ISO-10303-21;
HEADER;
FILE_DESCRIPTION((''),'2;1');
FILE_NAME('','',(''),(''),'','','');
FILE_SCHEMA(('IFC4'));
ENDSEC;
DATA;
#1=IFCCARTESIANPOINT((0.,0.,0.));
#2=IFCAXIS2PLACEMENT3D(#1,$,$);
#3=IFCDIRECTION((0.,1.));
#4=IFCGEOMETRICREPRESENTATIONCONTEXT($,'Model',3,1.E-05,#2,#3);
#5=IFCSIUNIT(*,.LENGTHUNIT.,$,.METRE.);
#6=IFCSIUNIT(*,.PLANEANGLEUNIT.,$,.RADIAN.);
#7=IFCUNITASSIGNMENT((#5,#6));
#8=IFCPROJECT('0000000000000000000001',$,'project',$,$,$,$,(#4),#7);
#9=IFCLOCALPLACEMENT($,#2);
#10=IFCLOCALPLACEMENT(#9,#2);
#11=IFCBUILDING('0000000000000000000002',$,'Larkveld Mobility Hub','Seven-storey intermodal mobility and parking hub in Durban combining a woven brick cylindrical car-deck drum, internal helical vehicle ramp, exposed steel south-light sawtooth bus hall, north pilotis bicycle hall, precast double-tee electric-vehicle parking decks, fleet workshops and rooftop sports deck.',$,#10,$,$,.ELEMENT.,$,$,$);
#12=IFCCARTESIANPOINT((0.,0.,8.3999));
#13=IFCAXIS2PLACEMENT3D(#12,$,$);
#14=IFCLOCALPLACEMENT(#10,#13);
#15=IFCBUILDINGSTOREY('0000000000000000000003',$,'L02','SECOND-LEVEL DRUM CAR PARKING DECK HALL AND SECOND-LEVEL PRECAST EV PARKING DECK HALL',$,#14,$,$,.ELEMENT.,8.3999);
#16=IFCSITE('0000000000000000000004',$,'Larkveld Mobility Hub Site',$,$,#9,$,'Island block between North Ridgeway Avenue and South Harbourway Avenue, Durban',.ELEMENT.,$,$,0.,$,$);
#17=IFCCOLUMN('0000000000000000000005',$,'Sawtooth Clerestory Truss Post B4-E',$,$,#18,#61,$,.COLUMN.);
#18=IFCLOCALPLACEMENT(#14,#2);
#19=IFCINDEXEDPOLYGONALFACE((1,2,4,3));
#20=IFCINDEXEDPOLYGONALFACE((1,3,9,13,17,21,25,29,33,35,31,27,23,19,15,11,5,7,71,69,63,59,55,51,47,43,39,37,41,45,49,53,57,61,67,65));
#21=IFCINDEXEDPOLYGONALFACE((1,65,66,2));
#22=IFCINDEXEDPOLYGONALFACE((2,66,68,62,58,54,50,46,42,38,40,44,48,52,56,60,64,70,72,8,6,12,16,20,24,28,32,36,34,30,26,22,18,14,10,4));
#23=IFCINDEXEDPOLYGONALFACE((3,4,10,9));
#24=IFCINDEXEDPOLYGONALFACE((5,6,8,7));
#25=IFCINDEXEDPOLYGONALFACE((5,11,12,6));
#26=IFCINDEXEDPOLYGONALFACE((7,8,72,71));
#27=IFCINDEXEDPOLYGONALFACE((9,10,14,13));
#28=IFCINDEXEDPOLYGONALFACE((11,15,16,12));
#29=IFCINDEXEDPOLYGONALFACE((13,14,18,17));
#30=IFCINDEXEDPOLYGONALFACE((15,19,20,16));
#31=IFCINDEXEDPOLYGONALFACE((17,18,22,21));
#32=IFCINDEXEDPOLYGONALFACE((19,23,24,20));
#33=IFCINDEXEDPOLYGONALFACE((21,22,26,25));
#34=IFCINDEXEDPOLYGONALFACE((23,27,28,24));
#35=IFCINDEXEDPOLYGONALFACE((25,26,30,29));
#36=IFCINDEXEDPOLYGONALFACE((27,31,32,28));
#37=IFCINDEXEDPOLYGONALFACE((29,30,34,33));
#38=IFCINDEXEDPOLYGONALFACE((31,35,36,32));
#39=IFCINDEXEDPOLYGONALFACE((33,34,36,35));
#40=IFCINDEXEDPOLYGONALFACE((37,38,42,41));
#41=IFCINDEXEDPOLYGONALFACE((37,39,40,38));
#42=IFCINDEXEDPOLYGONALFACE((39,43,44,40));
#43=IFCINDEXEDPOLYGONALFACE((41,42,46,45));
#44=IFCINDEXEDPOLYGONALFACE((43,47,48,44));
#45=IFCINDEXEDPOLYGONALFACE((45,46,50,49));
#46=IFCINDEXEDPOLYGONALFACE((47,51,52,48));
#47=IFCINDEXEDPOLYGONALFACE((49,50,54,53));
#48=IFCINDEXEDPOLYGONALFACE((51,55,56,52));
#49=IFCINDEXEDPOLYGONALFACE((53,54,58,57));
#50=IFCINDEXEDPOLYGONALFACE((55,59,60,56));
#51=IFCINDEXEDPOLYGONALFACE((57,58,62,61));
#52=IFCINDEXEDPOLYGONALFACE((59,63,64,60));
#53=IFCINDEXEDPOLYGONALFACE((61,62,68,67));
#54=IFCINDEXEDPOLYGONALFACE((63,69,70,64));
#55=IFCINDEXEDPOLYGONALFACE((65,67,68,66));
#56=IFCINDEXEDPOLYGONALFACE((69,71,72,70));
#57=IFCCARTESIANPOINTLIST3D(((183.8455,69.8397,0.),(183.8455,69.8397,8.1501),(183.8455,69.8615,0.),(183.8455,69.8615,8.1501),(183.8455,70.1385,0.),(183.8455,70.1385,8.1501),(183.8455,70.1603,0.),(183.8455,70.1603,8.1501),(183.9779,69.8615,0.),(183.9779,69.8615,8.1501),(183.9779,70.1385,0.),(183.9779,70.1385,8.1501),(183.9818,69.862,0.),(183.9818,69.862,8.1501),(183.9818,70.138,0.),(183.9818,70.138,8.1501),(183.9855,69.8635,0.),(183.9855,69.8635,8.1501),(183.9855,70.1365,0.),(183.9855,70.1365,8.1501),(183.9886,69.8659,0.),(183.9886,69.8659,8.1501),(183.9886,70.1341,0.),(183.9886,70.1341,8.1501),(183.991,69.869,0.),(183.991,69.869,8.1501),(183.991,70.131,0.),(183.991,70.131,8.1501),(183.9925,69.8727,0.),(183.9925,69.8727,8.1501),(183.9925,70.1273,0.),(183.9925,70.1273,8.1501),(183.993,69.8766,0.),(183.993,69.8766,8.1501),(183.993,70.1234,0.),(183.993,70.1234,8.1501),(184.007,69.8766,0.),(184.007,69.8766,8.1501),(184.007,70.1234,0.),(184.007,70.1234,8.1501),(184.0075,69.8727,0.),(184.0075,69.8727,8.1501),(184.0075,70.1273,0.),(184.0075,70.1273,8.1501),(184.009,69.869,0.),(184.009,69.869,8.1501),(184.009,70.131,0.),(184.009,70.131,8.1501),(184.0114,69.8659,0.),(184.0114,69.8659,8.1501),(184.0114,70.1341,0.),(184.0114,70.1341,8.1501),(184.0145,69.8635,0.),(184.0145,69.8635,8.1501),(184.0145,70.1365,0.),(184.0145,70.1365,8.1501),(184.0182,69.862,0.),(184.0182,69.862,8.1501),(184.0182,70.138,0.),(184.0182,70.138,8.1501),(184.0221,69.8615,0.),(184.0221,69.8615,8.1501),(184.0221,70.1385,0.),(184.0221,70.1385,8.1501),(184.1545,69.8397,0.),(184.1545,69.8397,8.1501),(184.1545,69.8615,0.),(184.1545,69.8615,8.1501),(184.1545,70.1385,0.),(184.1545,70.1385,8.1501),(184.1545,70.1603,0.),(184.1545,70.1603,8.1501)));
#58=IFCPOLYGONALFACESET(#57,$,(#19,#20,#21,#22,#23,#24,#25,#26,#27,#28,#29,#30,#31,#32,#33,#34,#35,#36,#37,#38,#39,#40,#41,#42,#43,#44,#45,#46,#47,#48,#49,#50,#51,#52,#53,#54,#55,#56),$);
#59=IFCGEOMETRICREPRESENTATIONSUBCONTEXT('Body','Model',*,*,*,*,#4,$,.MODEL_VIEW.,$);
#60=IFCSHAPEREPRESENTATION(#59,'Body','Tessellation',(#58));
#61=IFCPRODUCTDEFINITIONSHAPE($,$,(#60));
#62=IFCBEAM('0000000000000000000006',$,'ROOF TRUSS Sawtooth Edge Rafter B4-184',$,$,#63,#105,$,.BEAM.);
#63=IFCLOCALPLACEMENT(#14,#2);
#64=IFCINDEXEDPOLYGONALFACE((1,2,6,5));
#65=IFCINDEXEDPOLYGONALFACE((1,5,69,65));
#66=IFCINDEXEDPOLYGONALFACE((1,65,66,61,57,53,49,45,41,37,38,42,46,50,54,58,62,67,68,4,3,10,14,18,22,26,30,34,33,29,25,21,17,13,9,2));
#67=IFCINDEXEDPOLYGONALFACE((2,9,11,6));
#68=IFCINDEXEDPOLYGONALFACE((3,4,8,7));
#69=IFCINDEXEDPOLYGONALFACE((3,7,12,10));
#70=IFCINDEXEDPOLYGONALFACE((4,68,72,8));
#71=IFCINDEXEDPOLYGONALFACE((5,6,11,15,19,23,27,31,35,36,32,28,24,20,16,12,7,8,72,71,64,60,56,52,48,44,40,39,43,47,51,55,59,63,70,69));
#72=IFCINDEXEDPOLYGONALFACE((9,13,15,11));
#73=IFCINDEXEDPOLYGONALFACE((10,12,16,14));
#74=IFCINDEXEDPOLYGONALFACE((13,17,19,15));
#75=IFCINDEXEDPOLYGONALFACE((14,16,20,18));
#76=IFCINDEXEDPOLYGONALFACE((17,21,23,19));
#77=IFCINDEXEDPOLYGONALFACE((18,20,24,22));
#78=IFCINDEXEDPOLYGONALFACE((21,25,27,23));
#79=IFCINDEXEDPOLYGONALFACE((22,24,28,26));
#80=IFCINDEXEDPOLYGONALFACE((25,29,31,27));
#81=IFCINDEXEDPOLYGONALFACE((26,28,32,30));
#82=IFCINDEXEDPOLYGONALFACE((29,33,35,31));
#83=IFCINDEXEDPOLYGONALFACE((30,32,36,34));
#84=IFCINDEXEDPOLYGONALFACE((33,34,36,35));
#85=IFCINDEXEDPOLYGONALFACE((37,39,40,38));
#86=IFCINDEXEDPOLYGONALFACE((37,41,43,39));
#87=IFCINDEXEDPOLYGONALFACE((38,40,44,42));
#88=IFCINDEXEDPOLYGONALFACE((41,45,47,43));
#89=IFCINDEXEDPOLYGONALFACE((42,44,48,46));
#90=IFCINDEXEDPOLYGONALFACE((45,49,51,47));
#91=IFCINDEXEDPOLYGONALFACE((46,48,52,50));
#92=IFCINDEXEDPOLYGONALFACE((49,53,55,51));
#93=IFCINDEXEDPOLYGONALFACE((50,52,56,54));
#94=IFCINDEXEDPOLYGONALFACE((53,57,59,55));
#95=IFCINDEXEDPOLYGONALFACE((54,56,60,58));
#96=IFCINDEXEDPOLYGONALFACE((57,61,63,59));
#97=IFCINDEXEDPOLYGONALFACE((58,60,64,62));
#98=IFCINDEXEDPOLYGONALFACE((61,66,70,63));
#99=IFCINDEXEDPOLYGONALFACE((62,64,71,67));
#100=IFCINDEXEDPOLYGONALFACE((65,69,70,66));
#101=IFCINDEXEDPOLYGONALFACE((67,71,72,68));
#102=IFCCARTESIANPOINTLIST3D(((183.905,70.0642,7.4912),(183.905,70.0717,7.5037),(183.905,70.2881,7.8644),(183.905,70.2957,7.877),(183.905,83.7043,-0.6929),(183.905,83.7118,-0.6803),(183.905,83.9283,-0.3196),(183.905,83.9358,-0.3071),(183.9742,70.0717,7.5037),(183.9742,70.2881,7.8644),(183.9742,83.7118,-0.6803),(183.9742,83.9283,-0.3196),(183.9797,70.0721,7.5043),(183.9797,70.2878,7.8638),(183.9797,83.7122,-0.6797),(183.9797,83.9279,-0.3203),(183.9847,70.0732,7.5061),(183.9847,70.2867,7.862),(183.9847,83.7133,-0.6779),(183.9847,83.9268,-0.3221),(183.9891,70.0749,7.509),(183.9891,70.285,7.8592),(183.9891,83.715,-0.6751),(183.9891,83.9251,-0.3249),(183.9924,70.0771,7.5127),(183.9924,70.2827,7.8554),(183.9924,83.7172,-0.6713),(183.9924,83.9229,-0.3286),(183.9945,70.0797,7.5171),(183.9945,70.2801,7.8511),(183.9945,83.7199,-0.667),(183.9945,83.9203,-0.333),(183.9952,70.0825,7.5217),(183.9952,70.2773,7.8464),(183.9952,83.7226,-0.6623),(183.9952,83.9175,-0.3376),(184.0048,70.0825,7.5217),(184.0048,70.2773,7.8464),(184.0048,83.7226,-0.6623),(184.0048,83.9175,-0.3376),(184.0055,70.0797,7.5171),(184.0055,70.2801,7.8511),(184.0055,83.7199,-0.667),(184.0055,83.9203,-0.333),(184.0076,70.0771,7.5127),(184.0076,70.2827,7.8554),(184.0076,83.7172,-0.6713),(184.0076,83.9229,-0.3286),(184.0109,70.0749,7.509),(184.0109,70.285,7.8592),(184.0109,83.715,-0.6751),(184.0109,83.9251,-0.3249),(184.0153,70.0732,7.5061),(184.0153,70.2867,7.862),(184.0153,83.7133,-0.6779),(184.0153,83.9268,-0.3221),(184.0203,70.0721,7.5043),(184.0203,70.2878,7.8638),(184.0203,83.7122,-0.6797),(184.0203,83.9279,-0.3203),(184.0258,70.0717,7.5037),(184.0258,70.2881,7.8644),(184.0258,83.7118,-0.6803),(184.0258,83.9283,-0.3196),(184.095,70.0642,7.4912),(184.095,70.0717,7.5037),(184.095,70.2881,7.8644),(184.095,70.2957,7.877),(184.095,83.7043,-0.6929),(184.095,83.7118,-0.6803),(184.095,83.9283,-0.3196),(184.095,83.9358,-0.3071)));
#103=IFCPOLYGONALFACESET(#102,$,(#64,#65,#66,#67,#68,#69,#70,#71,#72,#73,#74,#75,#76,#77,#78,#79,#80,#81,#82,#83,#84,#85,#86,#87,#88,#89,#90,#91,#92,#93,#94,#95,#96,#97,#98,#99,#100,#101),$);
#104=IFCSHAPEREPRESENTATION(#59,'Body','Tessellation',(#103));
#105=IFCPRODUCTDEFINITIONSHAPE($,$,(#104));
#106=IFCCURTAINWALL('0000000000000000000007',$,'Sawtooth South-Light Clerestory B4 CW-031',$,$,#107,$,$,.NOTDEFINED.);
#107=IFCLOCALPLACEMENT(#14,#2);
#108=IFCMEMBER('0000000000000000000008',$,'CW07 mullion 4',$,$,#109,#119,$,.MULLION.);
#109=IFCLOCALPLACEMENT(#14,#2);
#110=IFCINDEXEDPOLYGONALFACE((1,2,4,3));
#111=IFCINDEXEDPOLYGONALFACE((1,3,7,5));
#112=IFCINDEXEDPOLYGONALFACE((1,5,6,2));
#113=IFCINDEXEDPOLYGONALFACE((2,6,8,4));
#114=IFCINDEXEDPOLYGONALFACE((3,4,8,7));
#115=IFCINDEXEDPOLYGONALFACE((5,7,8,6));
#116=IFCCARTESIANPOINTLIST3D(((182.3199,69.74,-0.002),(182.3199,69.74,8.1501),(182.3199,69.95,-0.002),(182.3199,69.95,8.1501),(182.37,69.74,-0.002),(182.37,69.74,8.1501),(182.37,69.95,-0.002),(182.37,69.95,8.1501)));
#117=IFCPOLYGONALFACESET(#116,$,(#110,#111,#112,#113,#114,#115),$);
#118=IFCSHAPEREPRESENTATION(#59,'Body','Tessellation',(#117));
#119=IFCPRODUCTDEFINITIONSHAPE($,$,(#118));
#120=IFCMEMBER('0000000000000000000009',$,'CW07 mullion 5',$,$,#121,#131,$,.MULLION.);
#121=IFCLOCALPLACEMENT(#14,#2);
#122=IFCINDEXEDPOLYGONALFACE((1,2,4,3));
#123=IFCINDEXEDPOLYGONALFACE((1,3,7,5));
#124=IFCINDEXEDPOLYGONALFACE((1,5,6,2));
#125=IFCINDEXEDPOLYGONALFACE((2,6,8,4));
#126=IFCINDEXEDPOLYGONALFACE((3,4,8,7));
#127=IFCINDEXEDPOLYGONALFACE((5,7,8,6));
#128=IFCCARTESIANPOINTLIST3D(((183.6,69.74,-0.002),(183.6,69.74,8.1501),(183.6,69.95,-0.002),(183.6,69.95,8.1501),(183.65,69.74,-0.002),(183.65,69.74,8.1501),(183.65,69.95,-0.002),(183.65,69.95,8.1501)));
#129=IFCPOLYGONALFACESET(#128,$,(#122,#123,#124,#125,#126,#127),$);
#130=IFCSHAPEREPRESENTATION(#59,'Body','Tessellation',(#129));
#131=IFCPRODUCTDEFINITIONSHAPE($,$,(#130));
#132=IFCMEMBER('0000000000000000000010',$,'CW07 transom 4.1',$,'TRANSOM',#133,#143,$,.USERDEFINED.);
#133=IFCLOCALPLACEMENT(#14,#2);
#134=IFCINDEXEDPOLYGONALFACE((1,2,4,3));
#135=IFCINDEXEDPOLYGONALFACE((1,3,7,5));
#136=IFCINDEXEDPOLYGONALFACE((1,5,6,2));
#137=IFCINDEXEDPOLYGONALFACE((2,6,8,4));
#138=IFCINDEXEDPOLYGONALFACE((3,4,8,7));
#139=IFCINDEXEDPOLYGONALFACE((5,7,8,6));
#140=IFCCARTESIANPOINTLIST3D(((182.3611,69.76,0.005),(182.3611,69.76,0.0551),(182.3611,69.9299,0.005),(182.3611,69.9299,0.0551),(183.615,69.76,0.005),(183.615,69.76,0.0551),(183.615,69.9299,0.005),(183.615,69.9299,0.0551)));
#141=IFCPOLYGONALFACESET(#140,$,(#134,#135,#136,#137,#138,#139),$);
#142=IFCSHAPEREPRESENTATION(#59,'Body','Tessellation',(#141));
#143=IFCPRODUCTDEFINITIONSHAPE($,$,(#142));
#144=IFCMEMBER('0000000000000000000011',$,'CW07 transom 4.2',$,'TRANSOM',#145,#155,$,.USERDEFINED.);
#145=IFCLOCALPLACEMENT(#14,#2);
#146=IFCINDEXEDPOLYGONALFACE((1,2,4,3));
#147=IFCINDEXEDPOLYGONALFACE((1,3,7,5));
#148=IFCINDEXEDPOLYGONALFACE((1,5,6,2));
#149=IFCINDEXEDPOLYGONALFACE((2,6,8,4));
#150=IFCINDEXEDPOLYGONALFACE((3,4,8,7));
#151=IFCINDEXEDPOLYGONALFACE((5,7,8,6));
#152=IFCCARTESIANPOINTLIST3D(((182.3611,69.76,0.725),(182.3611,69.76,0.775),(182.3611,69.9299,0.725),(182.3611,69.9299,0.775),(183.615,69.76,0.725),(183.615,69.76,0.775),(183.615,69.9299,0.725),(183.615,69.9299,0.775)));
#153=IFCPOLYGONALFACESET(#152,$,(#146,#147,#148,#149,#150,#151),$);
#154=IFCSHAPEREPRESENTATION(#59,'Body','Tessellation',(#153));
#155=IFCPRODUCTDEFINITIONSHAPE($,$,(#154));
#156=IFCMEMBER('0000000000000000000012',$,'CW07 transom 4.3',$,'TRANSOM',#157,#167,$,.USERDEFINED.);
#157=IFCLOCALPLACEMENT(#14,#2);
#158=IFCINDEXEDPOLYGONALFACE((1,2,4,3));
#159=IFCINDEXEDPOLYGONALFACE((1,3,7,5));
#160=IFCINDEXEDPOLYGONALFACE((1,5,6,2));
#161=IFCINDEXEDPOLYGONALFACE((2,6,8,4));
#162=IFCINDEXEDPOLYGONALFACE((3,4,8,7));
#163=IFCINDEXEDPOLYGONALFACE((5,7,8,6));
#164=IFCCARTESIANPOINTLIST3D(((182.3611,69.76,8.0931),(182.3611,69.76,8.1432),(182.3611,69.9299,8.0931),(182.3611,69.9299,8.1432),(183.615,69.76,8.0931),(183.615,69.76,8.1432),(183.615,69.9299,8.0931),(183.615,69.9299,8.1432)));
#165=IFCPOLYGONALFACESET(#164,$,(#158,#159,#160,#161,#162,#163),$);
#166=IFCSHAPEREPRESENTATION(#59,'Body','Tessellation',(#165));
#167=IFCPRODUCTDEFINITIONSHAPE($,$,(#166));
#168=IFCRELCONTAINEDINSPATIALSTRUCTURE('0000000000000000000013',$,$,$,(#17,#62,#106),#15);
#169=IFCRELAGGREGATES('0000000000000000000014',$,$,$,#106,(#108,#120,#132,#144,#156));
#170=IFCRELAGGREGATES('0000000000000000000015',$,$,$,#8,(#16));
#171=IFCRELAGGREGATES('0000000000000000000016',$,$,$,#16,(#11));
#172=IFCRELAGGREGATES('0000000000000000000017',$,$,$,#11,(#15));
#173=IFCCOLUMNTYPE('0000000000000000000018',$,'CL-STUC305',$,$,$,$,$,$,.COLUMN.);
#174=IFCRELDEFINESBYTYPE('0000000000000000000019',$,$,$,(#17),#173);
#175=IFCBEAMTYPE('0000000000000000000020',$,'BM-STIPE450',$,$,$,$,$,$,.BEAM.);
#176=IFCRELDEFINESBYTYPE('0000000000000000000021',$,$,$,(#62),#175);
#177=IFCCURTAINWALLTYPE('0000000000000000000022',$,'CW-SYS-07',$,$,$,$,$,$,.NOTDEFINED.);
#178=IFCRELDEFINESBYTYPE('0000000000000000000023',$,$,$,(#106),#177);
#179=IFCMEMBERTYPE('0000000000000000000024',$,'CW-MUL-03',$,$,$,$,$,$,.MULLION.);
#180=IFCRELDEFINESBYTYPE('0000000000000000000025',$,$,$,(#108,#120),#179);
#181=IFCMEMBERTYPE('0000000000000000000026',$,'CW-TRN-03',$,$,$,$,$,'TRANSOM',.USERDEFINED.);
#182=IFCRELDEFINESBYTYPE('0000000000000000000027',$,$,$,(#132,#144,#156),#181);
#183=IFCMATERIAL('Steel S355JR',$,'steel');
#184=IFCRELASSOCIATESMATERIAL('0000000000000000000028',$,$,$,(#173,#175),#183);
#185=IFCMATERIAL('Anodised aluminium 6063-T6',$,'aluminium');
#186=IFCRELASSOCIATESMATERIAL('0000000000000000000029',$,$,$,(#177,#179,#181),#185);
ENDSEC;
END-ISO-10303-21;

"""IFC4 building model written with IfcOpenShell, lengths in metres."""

from ifc_helpers import new_model, si_unit, direction, frame, origin, origin_2d, place, context, subcontext, project, spatial, rectangle, i_section, extrude, material, material_profile, profile_set, type_object, element, aggregate, save


model = new_model("IFC4")

# Units and contexts
model_context = context("Model", 3, precision=1e-05, world=origin(), true_north=direction((0.0, 1.0)))
body_context = subcontext(model_context, "Body", "Model", "MODEL_VIEW")
ifc_project = project(units=[si_unit("LENGTHUNIT", "METRE"), si_unit("PLANEANGLEUNIT", "RADIAN")], contexts=[model_context])

# Site, building, storey
site_placement = place(None, origin())
site = spatial("IfcSite", under=ifc_project, at=site_placement, Name="Larkveld Mobility Hub Site", LongName="Island block between North Ridgeway Avenue and South Harbourway Avenue, Durban", CompositionType="ELEMENT", RefElevation=0.0)
building_placement = place(site_placement, origin())
building = spatial("IfcBuilding", under=site, at=building_placement, Name="Larkveld Mobility Hub", Description="Seven-storey intermodal mobility and parking hub in Durban combining a woven brick cylindrical car-deck drum, internal helical vehicle ramp, exposed steel south-light sawtooth bus hall, north pilotis bicycle hall, precast double-tee electric-vehicle parking decks, fleet workshops and rooftop sports deck.", CompositionType="ELEMENT")
storey_placement = place(building_placement, frame((0.0, 0.0, 8.3999)))
storey = spatial("IfcBuildingStorey", under=building, at=storey_placement, Name="L02", Description="SECOND-LEVEL DRUM CAR PARKING DECK HALL AND SECOND-LEVEL PRECAST EV PARKING DECK HALL", CompositionType="ELEMENT", Elevation=8.3999)

# Column
ifc_material_1 = material(Name="Steel S355JR", Category="steel")
ifc_material_profile_1 = material_profile(ifc_material_1, i_section(OverallWidth=0.3091, OverallDepth=0.3206, WebThickness=0.0139, FlangeThickness=0.0217, FilletRadius=0.0151, at=origin_2d()), Name="UC 305x305x137")
ifc_profile_set_1 = profile_set([ifc_material_profile_1], Name="Steel S355JR")
column_type = type_object("IfcColumnType", Name="CL-STUC305", PredefinedType="COLUMN", material=ifc_profile_set_1)
column_placement = place(storey_placement, frame((184.0, 70.0, 0.0), z_axis=(0.0, 0.0, 1.0), x_axis=(1.0, 0.0, 0.0)))
element("IfcColumn", 1, at=column_placement, inside=storey, type_object=column_type, Name="Sawtooth Clerestory Truss Post B4-E", PredefinedType="COLUMN", context=body_context, shape_type="SweptSolid", body=[
    extrude(i_section(OverallWidth=0.3091, OverallDepth=0.3206, WebThickness=0.0139, FlangeThickness=0.0217, FilletRadius=0.0151, at=origin_2d()), origin(), (0.0, 0.0, 1.0), 8.1501),
])

# Beam
ifc_material_profile_2 = material_profile(ifc_material_1, i_section(OverallWidth=0.1899, OverallDepth=0.45, WebThickness=0.0095, FlangeThickness=0.0146, FilletRadius=0.021, at=origin_2d()), Name="IPE 450")
ifc_profile_set_2 = profile_set([ifc_material_profile_2], Name="Steel S355JR")
beam_type = type_object("IfcBeamType", Name="BM-STIPE450", PredefinedType="BEAM", material=ifc_profile_set_2)
beam_placement = place(storey_placement, frame((184.0, 70.1799, 7.6841), z_axis=(0.0, 0.857493, -0.514496), x_axis=(-1.0, 0.0, 0.0)))
element("IfcBeam", 2, at=beam_placement, inside=storey, type_object=beam_type, Name="ROOF TRUSS Sawtooth Edge Rafter B4-184", PredefinedType="BEAM", context=body_context, shape_type="SweptSolid", body=[
    extrude(i_section(OverallWidth=0.1899, OverallDepth=0.45, WebThickness=0.0095, FlangeThickness=0.0146, FilletRadius=0.021, at=origin_2d()), origin(), (0.0, 0.0, 1.0), 15.907),
])

# Curtain wall, members
ifc_material_2 = material(Name="Anodised aluminium 6063-T6", Category="aluminium")
curtain_wall_type = type_object("IfcCurtainWallType", Name="CW-SYS-07", PredefinedType="NOTDEFINED", material=ifc_material_2)
curtain_wall_placement = place(storey_placement, origin())
curtain_wall = element("IfcCurtainWall", 3, at=curtain_wall_placement, inside=storey, type_object=curtain_wall_type, Name="Sawtooth South-Light Clerestory B4 CW-031", PredefinedType="NOTDEFINED")
ifc_material_profile_3 = material_profile(ifc_material_2, rectangle(XDim=0.05, YDim=0.21, at=origin_2d()), Name="ALU MULL 50x210")
ifc_profile_set_3 = profile_set([ifc_material_profile_3], Name="Anodised aluminium 6063-T6")
member_type_1 = type_object("IfcMemberType", Name="CW-MUL-03", PredefinedType="MULLION", material=ifc_profile_set_3)
member_1_placement = place(storey_placement, frame((182.345, 69.845, -0.002), z_axis=(0.0, 0.0, 1.0), x_axis=(1.0, 0.0, 0.0)))
member_1 = element("IfcMember", 4, at=member_1_placement, type_object=member_type_1, Name="CW07 mullion 4", PredefinedType="MULLION", context=body_context, shape_type="SweptSolid", body=[
    extrude(rectangle(XDim=0.05, YDim=0.21, at=origin_2d()), origin(), (0.0, 0.0, 1.0), 8.1521),
])
member_2_placement = place(storey_placement, frame((183.625, 69.845, -0.002), z_axis=(0.0, 0.0, 1.0), x_axis=(1.0, 0.0, 0.0)))
member_2 = element("IfcMember", 5, at=member_2_placement, type_object=member_type_1, Name="CW07 mullion 5", PredefinedType="MULLION", context=body_context, shape_type="SweptSolid", body=[
    extrude(rectangle(XDim=0.05, YDim=0.21, at=origin_2d()), origin(), (0.0, 0.0, 1.0), 8.1521),
])
ifc_material_profile_4 = material_profile(ifc_material_2, rectangle(XDim=0.1699, YDim=0.05, at=origin_2d()), Name="ALU TRAN 50x170")
ifc_profile_set_4 = profile_set([ifc_material_profile_4], Name="Anodised aluminium 6063-T6")
member_type_2 = type_object("IfcMemberType", Name="CW-TRN-03", ElementType="TRANSOM", PredefinedType="USERDEFINED", material=ifc_profile_set_4)
member_3_placement = place(storey_placement, frame((182.3611, 69.845, 0.03), z_axis=(1.0, 0.0, 0.0), x_axis=(0.0, 1.0, 0.0)))
member_3 = element("IfcMember", 6, at=member_3_placement, type_object=member_type_2, Name="CW07 transom 4.1", ObjectType="TRANSOM", PredefinedType="USERDEFINED", context=body_context, shape_type="SweptSolid", body=[
    extrude(rectangle(XDim=0.1699, YDim=0.05, at=origin_2d()), origin(), (0.0, 0.0, 1.0), 1.2539),
])
member_4_placement = place(storey_placement, frame((182.3611, 69.845, 0.75), z_axis=(1.0, 0.0, 0.0), x_axis=(0.0, 1.0, 0.0)))
member_4 = element("IfcMember", 7, at=member_4_placement, type_object=member_type_2, Name="CW07 transom 4.2", ObjectType="TRANSOM", PredefinedType="USERDEFINED", context=body_context, shape_type="SweptSolid", body=[
    extrude(rectangle(XDim=0.1699, YDim=0.05, at=origin_2d()), origin(), (0.0, 0.0, 1.0), 1.2539),
])
member_5_placement = place(storey_placement, frame((182.3611, 69.845, 8.1182), z_axis=(1.0, 0.0, 0.0), x_axis=(0.0, 1.0, 0.0)))
member_5 = element("IfcMember", 8, at=member_5_placement, type_object=member_type_2, Name="CW07 transom 4.3", ObjectType="TRANSOM", PredefinedType="USERDEFINED", context=body_context, shape_type="SweptSolid", body=[
    extrude(rectangle(XDim=0.1699, YDim=0.05, at=origin_2d()), origin(), (0.0, 0.0, 1.0), 1.2539),
])

aggregate(curtain_wall, [member_1, member_2, member_3, member_4, member_5])

save(model, "model.ifc")
